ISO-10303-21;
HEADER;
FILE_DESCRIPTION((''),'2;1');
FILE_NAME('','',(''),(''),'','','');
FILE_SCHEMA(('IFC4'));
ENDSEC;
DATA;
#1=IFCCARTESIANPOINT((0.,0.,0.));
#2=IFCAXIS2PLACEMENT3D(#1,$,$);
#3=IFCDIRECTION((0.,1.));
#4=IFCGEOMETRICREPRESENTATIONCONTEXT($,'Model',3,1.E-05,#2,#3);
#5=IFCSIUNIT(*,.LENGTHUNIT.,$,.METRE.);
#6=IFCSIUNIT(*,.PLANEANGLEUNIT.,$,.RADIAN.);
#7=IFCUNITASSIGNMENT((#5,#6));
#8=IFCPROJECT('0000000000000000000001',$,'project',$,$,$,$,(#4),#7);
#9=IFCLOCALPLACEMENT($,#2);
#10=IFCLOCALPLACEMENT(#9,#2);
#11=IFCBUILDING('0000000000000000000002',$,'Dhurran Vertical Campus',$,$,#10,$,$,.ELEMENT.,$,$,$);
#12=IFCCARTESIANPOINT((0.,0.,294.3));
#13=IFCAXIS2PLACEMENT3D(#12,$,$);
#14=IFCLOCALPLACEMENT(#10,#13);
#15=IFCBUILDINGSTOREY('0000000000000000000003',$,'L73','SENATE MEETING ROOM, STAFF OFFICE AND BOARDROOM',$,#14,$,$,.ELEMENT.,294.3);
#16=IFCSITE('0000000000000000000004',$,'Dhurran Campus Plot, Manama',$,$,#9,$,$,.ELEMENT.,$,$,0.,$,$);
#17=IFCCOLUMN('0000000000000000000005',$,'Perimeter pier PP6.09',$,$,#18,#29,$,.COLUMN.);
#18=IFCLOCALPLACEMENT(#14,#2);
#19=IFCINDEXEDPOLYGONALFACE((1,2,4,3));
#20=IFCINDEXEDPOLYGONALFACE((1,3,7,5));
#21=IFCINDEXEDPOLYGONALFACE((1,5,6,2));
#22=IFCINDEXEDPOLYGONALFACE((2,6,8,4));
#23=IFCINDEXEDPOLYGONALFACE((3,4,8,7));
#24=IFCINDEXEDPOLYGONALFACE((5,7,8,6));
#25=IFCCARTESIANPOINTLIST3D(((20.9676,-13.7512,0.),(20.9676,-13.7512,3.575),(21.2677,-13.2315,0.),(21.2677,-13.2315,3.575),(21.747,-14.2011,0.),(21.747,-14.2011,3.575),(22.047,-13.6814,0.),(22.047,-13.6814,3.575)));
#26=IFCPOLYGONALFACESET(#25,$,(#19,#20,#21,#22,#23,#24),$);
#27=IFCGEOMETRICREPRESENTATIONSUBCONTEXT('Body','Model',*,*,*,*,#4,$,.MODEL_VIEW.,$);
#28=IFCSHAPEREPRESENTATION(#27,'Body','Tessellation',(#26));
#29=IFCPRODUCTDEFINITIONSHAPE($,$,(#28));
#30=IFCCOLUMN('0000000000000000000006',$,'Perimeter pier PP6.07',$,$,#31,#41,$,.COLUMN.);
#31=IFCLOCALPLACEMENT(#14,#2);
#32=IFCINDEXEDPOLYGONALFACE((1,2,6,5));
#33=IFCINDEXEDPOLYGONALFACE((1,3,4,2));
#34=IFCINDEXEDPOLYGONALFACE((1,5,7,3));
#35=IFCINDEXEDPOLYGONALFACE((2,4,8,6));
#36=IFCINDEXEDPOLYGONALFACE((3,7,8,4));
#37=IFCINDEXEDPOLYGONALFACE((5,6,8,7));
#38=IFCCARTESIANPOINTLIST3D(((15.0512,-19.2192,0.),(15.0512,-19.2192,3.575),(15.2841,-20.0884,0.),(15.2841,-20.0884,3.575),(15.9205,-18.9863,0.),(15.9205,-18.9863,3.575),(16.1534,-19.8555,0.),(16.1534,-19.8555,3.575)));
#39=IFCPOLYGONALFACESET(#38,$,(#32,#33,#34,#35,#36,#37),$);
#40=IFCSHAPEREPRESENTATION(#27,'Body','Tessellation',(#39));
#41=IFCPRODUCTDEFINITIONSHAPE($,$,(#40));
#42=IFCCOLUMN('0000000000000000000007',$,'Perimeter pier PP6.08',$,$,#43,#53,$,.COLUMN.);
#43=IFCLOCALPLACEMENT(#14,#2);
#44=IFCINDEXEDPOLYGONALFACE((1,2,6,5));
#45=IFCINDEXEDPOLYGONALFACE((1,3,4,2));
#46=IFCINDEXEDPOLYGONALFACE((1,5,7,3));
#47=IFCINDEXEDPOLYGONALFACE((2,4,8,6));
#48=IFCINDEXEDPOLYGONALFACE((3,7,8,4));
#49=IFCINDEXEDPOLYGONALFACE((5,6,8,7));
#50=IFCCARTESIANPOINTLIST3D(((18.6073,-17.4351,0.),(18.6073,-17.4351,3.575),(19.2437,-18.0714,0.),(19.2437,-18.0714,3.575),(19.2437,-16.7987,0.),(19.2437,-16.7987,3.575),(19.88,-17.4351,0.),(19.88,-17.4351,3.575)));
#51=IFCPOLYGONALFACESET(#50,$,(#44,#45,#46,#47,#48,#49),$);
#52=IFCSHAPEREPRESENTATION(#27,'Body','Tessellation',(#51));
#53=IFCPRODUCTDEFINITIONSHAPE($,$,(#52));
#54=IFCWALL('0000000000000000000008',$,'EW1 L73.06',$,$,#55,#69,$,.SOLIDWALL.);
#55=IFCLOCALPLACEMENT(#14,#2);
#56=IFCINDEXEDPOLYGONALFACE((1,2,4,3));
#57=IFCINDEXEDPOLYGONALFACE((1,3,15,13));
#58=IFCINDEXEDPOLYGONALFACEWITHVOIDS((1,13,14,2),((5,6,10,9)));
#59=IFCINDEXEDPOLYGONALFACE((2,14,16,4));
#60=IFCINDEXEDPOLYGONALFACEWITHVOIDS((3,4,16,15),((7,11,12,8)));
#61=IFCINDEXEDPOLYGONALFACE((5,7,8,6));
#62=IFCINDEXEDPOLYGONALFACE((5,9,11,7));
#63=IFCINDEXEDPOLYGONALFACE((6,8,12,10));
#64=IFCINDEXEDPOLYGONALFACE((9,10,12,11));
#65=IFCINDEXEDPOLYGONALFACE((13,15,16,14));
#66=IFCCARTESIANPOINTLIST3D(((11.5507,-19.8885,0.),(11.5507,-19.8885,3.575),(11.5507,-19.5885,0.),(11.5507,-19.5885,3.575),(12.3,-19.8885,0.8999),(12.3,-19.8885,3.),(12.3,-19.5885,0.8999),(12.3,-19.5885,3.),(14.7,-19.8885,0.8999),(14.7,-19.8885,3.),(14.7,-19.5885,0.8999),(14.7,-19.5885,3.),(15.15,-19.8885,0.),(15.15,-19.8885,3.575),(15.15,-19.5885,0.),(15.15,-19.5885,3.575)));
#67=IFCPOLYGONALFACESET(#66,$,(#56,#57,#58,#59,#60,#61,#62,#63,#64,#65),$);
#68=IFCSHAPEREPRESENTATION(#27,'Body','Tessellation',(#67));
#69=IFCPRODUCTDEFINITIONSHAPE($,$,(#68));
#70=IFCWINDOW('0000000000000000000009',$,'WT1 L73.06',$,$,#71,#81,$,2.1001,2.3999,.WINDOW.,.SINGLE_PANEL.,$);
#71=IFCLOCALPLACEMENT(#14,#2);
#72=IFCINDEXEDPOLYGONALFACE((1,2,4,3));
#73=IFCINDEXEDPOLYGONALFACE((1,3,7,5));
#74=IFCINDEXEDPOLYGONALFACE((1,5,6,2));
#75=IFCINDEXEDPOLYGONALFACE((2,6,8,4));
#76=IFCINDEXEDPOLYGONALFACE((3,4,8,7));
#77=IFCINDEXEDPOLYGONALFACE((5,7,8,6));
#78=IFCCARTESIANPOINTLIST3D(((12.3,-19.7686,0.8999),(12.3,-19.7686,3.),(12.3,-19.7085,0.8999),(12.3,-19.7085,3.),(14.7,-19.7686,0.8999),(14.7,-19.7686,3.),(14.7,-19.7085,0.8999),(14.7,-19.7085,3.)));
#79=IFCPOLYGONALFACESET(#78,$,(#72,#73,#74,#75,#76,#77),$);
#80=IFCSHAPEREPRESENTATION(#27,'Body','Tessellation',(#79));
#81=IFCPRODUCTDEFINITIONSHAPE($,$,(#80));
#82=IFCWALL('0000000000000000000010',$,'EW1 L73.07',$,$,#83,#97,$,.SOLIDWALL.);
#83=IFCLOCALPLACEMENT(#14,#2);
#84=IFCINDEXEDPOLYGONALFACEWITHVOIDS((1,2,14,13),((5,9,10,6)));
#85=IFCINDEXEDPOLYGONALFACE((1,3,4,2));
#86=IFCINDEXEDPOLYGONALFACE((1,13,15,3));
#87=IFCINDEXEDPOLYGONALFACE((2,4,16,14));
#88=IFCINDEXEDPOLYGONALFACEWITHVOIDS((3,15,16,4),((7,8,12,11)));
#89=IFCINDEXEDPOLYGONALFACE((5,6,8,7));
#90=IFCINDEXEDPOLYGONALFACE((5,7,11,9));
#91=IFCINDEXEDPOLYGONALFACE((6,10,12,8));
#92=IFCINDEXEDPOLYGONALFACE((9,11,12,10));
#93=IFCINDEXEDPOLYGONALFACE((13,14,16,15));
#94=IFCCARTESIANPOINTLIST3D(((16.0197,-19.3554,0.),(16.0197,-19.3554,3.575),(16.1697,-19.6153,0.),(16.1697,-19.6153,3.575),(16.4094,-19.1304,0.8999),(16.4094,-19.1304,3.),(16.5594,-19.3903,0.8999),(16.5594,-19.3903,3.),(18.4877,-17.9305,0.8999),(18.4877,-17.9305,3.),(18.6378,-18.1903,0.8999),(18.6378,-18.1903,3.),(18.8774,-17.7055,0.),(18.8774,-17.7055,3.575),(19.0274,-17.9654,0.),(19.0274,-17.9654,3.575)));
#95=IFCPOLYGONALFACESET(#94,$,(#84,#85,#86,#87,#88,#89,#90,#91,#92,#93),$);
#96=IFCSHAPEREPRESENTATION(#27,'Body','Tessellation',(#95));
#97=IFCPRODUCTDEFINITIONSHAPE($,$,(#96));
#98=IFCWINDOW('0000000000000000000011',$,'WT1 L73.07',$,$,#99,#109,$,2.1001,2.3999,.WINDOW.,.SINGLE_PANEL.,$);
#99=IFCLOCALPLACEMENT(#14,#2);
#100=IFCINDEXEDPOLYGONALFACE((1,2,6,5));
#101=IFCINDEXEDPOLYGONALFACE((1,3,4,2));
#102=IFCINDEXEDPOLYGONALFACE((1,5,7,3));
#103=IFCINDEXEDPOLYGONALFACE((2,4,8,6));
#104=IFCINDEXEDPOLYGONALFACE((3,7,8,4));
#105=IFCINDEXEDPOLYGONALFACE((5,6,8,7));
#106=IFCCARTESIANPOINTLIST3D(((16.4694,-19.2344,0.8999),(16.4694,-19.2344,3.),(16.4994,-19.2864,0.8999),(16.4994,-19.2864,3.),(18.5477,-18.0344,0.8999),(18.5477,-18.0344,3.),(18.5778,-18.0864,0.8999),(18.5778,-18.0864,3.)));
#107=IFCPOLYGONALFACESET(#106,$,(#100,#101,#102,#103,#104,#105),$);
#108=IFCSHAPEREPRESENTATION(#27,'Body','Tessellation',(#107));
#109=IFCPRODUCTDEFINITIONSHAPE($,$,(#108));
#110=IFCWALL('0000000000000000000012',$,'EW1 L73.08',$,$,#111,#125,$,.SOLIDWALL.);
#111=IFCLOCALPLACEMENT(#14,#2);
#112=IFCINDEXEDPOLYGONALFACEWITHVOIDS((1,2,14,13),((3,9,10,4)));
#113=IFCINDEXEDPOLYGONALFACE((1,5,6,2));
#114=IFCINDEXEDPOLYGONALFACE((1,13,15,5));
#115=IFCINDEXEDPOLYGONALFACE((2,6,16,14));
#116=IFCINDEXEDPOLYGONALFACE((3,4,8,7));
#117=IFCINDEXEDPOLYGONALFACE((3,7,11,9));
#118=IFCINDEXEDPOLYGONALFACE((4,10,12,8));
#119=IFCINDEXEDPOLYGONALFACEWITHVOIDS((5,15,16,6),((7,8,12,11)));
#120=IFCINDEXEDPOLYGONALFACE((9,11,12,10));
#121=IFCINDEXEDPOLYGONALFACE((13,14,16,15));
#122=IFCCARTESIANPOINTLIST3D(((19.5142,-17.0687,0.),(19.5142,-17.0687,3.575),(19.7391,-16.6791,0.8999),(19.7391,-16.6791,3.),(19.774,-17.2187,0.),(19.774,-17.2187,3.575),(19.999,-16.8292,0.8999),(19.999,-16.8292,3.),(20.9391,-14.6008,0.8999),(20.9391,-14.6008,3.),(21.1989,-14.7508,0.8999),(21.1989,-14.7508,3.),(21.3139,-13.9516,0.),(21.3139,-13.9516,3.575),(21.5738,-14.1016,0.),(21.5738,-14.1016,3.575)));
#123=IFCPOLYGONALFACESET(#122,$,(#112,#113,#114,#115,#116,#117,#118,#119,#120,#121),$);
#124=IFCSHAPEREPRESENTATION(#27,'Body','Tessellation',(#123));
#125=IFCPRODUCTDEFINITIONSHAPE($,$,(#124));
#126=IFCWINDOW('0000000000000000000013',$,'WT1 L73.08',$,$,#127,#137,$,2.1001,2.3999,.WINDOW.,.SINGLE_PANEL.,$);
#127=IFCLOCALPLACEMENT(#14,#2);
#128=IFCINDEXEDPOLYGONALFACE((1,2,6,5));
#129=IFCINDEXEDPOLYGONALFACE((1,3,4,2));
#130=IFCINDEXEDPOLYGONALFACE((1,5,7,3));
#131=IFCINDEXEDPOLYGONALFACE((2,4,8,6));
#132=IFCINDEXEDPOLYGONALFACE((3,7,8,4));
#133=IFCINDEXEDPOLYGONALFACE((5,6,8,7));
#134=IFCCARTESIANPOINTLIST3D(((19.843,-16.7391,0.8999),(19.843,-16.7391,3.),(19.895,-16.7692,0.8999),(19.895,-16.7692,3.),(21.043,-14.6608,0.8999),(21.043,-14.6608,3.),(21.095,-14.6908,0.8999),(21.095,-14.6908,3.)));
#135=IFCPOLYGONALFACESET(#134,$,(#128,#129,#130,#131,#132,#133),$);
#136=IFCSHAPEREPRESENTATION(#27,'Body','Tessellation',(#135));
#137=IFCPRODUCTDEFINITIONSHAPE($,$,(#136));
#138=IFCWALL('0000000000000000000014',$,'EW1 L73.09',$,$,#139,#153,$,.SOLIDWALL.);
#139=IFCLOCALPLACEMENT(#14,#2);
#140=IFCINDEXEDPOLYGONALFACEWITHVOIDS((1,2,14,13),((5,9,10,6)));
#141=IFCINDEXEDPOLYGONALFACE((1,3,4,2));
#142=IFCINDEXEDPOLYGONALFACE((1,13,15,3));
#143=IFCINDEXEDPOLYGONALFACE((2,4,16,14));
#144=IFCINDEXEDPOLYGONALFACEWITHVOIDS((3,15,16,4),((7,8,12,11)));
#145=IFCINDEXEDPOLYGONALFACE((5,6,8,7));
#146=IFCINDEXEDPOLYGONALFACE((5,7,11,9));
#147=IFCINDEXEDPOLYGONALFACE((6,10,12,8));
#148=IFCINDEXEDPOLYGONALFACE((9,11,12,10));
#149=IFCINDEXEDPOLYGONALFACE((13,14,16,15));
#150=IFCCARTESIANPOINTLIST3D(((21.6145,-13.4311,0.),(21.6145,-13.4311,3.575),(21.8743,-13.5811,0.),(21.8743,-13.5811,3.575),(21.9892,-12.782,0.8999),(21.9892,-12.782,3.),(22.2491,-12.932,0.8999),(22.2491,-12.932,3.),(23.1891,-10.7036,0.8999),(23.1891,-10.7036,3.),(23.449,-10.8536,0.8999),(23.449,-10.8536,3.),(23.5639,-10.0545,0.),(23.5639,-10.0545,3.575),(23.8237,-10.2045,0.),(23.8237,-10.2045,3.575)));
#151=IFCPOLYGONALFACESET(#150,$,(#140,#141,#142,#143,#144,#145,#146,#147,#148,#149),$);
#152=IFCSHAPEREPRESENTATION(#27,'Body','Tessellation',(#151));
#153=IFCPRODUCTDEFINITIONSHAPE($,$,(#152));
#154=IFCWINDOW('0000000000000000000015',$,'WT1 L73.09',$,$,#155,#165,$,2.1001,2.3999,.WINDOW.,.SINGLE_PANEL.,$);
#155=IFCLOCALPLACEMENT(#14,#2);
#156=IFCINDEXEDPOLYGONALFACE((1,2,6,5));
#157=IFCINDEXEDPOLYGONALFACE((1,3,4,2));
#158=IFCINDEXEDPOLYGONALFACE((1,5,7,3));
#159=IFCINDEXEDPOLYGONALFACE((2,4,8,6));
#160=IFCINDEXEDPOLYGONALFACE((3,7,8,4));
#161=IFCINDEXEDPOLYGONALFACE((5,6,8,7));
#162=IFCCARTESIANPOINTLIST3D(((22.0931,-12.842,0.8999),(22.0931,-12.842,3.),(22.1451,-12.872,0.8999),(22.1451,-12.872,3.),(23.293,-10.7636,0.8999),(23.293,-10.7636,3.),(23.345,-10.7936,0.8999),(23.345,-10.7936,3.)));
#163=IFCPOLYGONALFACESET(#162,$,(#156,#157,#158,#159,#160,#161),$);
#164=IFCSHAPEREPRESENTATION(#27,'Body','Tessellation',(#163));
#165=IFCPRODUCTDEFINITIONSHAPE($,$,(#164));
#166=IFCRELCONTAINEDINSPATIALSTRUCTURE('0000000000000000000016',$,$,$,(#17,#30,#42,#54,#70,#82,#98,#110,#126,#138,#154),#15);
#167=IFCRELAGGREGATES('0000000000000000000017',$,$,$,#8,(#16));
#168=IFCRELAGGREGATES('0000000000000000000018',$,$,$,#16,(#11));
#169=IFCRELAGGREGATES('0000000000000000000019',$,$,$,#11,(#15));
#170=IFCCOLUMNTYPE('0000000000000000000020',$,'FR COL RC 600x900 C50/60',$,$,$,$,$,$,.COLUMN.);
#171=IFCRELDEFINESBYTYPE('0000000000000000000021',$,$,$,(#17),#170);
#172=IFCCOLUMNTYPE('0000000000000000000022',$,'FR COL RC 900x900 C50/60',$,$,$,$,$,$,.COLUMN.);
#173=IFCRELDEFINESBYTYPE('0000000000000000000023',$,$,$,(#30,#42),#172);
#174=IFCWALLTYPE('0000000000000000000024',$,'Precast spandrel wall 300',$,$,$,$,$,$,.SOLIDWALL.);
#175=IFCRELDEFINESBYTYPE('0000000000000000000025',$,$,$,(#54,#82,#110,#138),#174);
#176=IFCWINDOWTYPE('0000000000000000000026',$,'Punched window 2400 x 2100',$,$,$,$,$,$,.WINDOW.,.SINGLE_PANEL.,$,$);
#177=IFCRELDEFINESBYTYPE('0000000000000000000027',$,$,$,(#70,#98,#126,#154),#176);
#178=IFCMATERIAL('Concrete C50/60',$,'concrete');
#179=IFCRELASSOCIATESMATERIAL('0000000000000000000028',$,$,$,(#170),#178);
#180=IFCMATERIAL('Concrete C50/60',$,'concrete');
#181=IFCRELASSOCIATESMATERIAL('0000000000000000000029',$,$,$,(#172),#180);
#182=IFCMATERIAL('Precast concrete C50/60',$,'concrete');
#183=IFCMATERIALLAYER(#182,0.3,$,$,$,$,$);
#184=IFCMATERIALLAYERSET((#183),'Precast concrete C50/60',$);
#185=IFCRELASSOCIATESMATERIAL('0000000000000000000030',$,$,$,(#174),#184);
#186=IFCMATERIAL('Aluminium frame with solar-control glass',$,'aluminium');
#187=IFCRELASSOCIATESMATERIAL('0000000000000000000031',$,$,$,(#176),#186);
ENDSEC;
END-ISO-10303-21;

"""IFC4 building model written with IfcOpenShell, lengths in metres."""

from ifc_helpers import new_model, si_unit, direction, frame, frame_2d, origin, origin_2d, place, context, subcontext, project, spatial, rectangle, extrude, material, layer, layer_set, material_profile, profile_set, type_object, element, fill, save


model = new_model("IFC4")

# Units and contexts
model_context = context("Model", 3, precision=1e-05, world=origin(), true_north=direction((0.0, 1.0)))
body_context = subcontext(model_context, "Body", "Model", "MODEL_VIEW")
ifc_project = project(units=[si_unit("LENGTHUNIT", "METRE"), si_unit("PLANEANGLEUNIT", "RADIAN")], contexts=[model_context])

# Site, building, storey
site_placement = place(None, origin())
site = spatial("IfcSite", under=ifc_project, at=site_placement, Name="Dhurran Campus Plot, Manama", CompositionType="ELEMENT", RefElevation=0.0)
building_placement = place(site_placement, origin())
building = spatial("IfcBuilding", under=site, at=building_placement, Name="Dhurran Vertical Campus", CompositionType="ELEMENT")
storey_placement = place(building_placement, frame((0.0, 0.0, 294.3)))
storey = spatial("IfcBuildingStorey", under=building, at=storey_placement, Name="L73", Description="SENATE MEETING ROOM, STAFF OFFICE AND BOARDROOM", CompositionType="ELEMENT", Elevation=294.3)

# Columns
ifc_material_1 = material(Name="Concrete C50/60", Category="concrete")
ifc_material_profile_1 = material_profile(ifc_material_1, rectangle(XDim=0.6001, YDim=0.8999, at=origin_2d()), Name="RC 600x900")
ifc_profile_set_1 = profile_set([ifc_material_profile_1], Name="Concrete C50/60")
column_type_1 = type_object("IfcColumnType", Name="FR COL RC 600x900 C50/60", PredefinedType="COLUMN", material=ifc_profile_set_1)
column_placement = place(storey_placement, frame((21.5073, -13.7163, 0.0), z_axis=(0.0, 0.0, 1.0), x_axis=(0.5, 0.866025, 0.0)))
element("IfcColumn", 1, at=column_placement, inside=storey, type_object=column_type_1, Name="Perimeter pier PP6.09", PredefinedType="COLUMN", context=body_context, shape_type="SweptSolid", body=[
    extrude(rectangle(XDim=0.6001, YDim=0.8999, at=origin_2d()), origin(), (0.0, 0.0, 1.0), 3.575),
])
ifc_material_2 = material(Name="Concrete C50/60", Category="concrete")
ifc_material_profile_2 = material_profile(ifc_material_2, rectangle(XDim=0.8999, YDim=0.8999, at=origin_2d()), Name="RC 900x900")
ifc_profile_set_2 = profile_set([ifc_material_profile_2], Name="Concrete C50/60")
column_type_2 = type_object("IfcColumnType", Name="FR COL RC 900x900 C50/60", PredefinedType="COLUMN", material=ifc_profile_set_2)
for number, where, z_axis, x_axis, name in (
    (2, (15.6023, -19.5374, 0.0), (0.0, 0.0, 1.0), (0.965926, 0.258819, 0.0), "Perimeter pier PP6.07"),
    (3, (19.2437, -17.4351, 0.0), (0.0, 0.0, 1.0), (0.707107, 0.707107, 0.0), "Perimeter pier PP6.08"),
):
    element("IfcColumn", number, at=place(storey_placement, frame(where, z_axis=z_axis, x_axis=x_axis)), inside=storey, type_object=column_type_2, Name=name, PredefinedType="COLUMN", context=body_context, shape_type="SweptSolid", body=[
        extrude(rectangle(XDim=0.8999, YDim=0.8999, at=origin_2d()), origin(), (0.0, 0.0, 1.0), 3.575),
    ])

# Walls, openings, windows
ifc_material_3 = material(Name="Precast concrete C50/60", Category="concrete")
ifc_layer_1 = layer(ifc_material_3, 0.3)
ifc_layer_set_1 = layer_set([ifc_layer_1], Name="Precast concrete C50/60")
wall_type_1 = type_object("IfcWallType", Name="Precast spandrel wall 300", PredefinedType="SOLIDWALL", material=ifc_layer_set_1)
wall_1_placement = place(storey_placement, frame((11.5505, -19.7385, 0.0), z_axis=(0.0, 0.0, 1.0), x_axis=(1.0, 0.0, 0.0)))
wall_1 = element("IfcWall", 4, at=wall_1_placement, inside=storey, type_object=wall_type_1, Name="EW1 L73.06", PredefinedType="SOLIDWALL", context=body_context, shape_type="SweptSolid", body=[
    extrude(rectangle(XDim=3.5994, YDim=0.3, at=frame_2d((1.7998, 0.0))), origin(), (0.0, 0.0, 1.0), 3.575),
])
opening_1_placement = place(wall_1_placement, frame((0.7495, 0.0, 0.8999)))
opening_1 = element("IfcOpeningElement", 5, at=opening_1_placement, cuts=wall_1, PredefinedType="OPENING", context=body_context, shape_type="SweptSolid", body=[
    extrude(rectangle(XDim=2.3999, YDim=2.1001, at=frame_2d((1.2, 1.05))), frame((0.0, 0.1599, 0.0), z_axis=(0.0, -1.0, 0.0), x_axis=(1.0, 0.0, 0.0)), (0.0, 0.0, 1.0), 0.3201),
])
ifc_material_4 = material(Name="Aluminium frame with solar-control glass", Category="aluminium")
window_type = type_object("IfcWindowType", Name="Punched window 2400 x 2100", PartitioningType="SINGLE_PANEL", PredefinedType="WINDOW", material=ifc_material_4)
window_1_placement = place(opening_1_placement, origin())
window_1 = element("IfcWindow", 6, at=window_1_placement, inside=storey, type_object=window_type, Name="WT1 L73.06", OverallHeight=2.1001, OverallWidth=2.3999, PartitioningType="SINGLE_PANEL", PredefinedType="WINDOW", context=body_context, shape_type="SweptSolid", body=[
    extrude(rectangle(XDim=2.3999, YDim=2.1001, at=frame_2d((1.2, 1.05))), frame((0.0, 0.03, 0.0), z_axis=(0.0, -1.0, 0.0), x_axis=(1.0, 0.0, 0.0)), (0.0, 0.0, 1.0), 0.0601),
])
fill(opening_1, window_1)
wall_2_placement = place(storey_placement, frame((16.0947, -19.4854, 0.0), z_axis=(0.0, 0.0, 1.0), x_axis=(0.866022, 0.500006, 0.0)))
wall_2 = element("IfcWall", 7, at=wall_2_placement, inside=storey, type_object=wall_type_1, Name="EW1 L73.07", PredefinedType="SOLIDWALL", context=body_context, shape_type="SweptSolid", body=[
    extrude(rectangle(XDim=3.2998, YDim=0.3, at=frame_2d((1.6499, 0.0))), origin(), (0.0, 0.0, 1.0), 3.575),
])
opening_2_placement = place(wall_2_placement, frame((0.45, 0.0, 0.8999)))
opening_2 = element("IfcOpeningElement", 8, at=opening_2_placement, cuts=wall_2, PredefinedType="OPENING", context=body_context, shape_type="SweptSolid", body=[
    extrude(rectangle(XDim=2.3999, YDim=2.1001, at=frame_2d((1.2, 1.05))), frame((0.0, 0.1599, 0.0), z_axis=(0.0, -1.0, 0.0), x_axis=(1.0, 0.0, 0.0)), (0.0, 0.0, 1.0), 0.3201),
])
window_2_placement = place(opening_2_placement, origin())
window_2 = element("IfcWindow", 9, at=window_2_placement, inside=storey, type_object=window_type, Name="WT1 L73.07", OverallHeight=2.1001, OverallWidth=2.3999, PartitioningType="SINGLE_PANEL", PredefinedType="WINDOW", context=body_context, shape_type="SweptSolid", body=[
    extrude(rectangle(XDim=2.3999, YDim=2.1001, at=frame_2d((1.2, 1.05))), frame((0.0, 0.03, 0.0), z_axis=(0.0, -1.0, 0.0), x_axis=(1.0, 0.0, 0.0)), (0.0, 0.0, 1.0), 0.0601),
])
fill(opening_2, window_2)
wall_3_placement = place(storey_placement, frame((19.644, -17.1438, 0.0), z_axis=(0.0, 0.0, 1.0), x_axis=(0.50002, 0.866014, 0.0)))
wall_3 = element("IfcWall", 10, at=wall_3_placement, inside=storey, type_object=wall_type_1, Name="EW1 L73.08", PredefinedType="SOLIDWALL", context=body_context, shape_type="SweptSolid", body=[
    extrude(rectangle(XDim=3.5994, YDim=0.3, at=frame_2d((1.7998, 0.0))), origin(), (0.0, 0.0, 1.0), 3.575),
])
opening_3_placement = place(wall_3_placement, frame((0.45, 0.0, 0.8999)))
opening_3 = element("IfcOpeningElement", 11, at=opening_3_placement, cuts=wall_3, PredefinedType="OPENING", context=body_context, shape_type="SweptSolid", body=[
    extrude(rectangle(XDim=2.3999, YDim=2.1001, at=frame_2d((1.2, 1.05))), frame((0.0, 0.1599, 0.0), z_axis=(0.0, -1.0, 0.0), x_axis=(1.0, 0.0, 0.0)), (0.0, 0.0, 1.0), 0.3201),
])
window_3_placement = place(opening_3_placement, origin())
window_3 = element("IfcWindow", 12, at=window_3_placement, inside=storey, type_object=window_type, Name="WT1 L73.08", OverallHeight=2.1001, OverallWidth=2.3999, PartitioningType="SINGLE_PANEL", PredefinedType="WINDOW", context=body_context, shape_type="SweptSolid", body=[
    extrude(rectangle(XDim=2.3999, YDim=2.1001, at=frame_2d((1.2, 1.05))), frame((0.0, 0.03, 0.0), z_axis=(0.0, -1.0, 0.0), x_axis=(1.0, 0.0, 0.0)), (0.0, 0.0, 1.0), 0.0601),
])
fill(opening_3, window_3)
wall_4_placement = place(storey_placement, frame((21.7444, -13.5061, 0.0), z_axis=(0.0, 0.0, 1.0), x_axis=(0.499984, 0.866034, 0.0)))
wall_4 = element("IfcWall", 13, at=wall_4_placement, inside=storey, type_object=wall_type_1, Name="EW1 L73.09", PredefinedType="SOLIDWALL", context=body_context, shape_type="SweptSolid", body=[
    extrude(rectangle(XDim=3.8989, YDim=0.3, at=frame_2d((1.9495, 0.0))), origin(), (0.0, 0.0, 1.0), 3.575),
])
opening_4_placement = place(wall_4_placement, frame((0.7495, 0.0, 0.8999)))
opening_4 = element("IfcOpeningElement", 14, at=opening_4_placement, cuts=wall_4, PredefinedType="OPENING", context=body_context, shape_type="SweptSolid", body=[
    extrude(rectangle(XDim=2.3999, YDim=2.1001, at=frame_2d((1.2, 1.05))), frame((0.0, 0.1599, 0.0), z_axis=(0.0, -1.0, 0.0), x_axis=(1.0, 0.0, 0.0)), (0.0, 0.0, 1.0), 0.3201),
])
window_4_placement = place(opening_4_placement, origin())
window_4 = element("IfcWindow", 15, at=window_4_placement, inside=storey, type_object=window_type, Name="WT1 L73.09", OverallHeight=2.1001, OverallWidth=2.3999, PartitioningType="SINGLE_PANEL", PredefinedType="WINDOW", context=body_context, shape_type="SweptSolid", body=[
    extrude(rectangle(XDim=2.3999, YDim=2.1001, at=frame_2d((1.2, 1.05))), frame((0.0, 0.03, 0.0), z_axis=(0.0, -1.0, 0.0), x_axis=(1.0, 0.0, 0.0)), (0.0, 0.0, 1.0), 0.0601),
])
fill(opening_4, window_4)

save(model, "model.ifc")
